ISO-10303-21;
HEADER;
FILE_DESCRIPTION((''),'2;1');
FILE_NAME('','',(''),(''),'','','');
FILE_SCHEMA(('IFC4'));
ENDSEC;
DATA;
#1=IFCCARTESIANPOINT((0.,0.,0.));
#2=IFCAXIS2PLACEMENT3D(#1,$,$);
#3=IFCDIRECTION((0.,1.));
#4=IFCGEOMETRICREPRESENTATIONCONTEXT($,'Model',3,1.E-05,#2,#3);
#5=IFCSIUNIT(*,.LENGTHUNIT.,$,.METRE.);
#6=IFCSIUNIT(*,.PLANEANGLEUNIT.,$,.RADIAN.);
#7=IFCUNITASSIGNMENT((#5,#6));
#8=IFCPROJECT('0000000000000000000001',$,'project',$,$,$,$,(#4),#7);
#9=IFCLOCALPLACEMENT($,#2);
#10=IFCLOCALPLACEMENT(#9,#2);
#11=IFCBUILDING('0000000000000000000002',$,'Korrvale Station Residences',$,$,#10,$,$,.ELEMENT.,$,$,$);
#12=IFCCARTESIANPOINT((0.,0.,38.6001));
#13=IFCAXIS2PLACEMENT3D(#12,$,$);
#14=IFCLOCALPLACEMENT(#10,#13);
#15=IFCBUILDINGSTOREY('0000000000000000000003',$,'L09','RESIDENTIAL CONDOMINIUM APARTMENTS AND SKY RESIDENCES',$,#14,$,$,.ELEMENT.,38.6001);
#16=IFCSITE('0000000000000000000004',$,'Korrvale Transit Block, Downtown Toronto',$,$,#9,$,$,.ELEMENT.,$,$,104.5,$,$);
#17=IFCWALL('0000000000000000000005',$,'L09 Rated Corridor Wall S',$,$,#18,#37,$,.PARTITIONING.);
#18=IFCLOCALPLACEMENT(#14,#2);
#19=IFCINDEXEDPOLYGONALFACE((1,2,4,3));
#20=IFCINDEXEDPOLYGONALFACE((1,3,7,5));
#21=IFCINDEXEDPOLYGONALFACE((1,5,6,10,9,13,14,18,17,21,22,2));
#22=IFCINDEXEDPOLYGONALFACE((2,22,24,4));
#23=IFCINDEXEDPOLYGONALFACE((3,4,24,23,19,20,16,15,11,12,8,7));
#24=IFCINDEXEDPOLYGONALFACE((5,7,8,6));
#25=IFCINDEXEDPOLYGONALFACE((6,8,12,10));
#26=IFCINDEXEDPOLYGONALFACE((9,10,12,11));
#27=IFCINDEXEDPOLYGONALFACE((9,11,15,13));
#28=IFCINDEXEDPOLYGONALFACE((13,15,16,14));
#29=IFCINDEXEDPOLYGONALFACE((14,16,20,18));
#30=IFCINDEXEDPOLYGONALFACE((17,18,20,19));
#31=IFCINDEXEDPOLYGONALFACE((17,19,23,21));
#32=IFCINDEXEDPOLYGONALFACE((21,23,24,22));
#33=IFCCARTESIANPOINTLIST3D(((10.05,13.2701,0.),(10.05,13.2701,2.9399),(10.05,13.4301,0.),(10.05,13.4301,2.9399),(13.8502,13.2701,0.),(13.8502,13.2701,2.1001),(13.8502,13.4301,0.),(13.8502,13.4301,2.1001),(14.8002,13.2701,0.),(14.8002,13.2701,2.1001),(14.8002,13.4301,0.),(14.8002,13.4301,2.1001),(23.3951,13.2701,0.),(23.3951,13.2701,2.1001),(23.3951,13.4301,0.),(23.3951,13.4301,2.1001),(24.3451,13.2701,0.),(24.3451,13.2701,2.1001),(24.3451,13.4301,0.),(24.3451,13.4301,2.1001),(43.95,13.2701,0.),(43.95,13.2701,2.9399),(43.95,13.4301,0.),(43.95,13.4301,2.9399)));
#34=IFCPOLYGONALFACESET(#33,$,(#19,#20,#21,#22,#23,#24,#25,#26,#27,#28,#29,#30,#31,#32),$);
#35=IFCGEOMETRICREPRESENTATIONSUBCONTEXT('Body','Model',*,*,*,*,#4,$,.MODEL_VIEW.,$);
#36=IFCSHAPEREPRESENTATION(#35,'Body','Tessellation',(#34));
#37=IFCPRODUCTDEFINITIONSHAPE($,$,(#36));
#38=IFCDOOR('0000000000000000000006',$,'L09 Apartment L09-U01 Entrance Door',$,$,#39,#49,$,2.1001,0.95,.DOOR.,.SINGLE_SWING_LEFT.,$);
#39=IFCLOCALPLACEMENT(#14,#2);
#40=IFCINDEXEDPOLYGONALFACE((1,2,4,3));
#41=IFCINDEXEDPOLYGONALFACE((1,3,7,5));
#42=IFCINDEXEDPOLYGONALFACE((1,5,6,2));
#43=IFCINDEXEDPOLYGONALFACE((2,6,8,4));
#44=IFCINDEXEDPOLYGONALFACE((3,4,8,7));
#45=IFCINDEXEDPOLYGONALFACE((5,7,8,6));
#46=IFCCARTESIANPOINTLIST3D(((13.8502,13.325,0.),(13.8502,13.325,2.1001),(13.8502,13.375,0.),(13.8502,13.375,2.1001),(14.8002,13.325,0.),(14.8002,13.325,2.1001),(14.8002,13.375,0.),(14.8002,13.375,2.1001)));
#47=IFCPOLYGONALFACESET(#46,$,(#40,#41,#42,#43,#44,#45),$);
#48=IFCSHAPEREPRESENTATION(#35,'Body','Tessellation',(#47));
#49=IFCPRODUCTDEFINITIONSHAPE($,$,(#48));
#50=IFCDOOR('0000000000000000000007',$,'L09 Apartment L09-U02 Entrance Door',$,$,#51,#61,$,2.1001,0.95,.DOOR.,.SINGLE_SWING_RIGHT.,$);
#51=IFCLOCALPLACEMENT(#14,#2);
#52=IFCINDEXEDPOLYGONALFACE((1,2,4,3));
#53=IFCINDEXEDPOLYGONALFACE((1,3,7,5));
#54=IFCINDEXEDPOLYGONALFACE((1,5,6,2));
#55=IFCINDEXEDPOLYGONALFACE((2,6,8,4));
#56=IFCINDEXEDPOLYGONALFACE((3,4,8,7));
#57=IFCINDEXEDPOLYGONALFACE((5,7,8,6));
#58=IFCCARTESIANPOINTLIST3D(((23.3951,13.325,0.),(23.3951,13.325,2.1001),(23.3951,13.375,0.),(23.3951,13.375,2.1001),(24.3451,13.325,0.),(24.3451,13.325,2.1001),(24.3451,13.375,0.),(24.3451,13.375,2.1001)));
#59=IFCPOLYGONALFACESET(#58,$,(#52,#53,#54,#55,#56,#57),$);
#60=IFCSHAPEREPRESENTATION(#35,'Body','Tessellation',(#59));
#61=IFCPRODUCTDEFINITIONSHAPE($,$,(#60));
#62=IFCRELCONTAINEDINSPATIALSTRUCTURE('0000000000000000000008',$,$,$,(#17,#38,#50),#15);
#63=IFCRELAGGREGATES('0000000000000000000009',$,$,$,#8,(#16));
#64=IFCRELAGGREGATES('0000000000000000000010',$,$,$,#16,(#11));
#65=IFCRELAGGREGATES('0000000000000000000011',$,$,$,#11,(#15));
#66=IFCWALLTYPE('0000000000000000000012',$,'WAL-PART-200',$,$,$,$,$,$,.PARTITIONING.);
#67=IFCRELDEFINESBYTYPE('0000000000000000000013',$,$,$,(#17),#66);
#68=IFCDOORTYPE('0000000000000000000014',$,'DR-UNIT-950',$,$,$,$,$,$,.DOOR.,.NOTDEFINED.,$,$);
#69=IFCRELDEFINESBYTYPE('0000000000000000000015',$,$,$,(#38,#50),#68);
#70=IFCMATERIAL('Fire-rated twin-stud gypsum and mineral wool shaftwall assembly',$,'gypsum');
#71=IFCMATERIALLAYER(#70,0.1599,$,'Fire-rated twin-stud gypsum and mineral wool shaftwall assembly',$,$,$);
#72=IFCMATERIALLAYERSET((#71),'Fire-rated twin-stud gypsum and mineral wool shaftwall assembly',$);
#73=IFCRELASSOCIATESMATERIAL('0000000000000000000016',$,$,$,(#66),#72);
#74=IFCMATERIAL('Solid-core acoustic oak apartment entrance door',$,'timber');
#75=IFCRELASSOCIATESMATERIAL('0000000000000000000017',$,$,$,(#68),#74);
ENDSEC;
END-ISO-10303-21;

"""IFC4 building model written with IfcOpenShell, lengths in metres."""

from ifc_helpers import new_model, si_unit, direction, frame, frame_2d, origin, place, context, subcontext, project, spatial, rectangle, extrude, material, layer, layer_set, type_object, element, fill, save


model = new_model("IFC4")

# Units and contexts
model_context = context("Model", 3, precision=1e-05, world=origin(), true_north=direction((0.0, 1.0)))
body_context = subcontext(model_context, "Body", "Model", "MODEL_VIEW")
ifc_project = project(units=[si_unit("LENGTHUNIT", "METRE"), si_unit("PLANEANGLEUNIT", "RADIAN")], contexts=[model_context])

# Site, building, storey
site_placement = place(None, origin())
site = spatial("IfcSite", under=ifc_project, at=site_placement, Name="Korrvale Transit Block, Downtown Toronto", CompositionType="ELEMENT", RefElevation=104.5)
building_placement = place(site_placement, origin())
building = spatial("IfcBuilding", under=site, at=building_placement, Name="Korrvale Station Residences", CompositionType="ELEMENT")
storey_placement = place(building_placement, frame((0.0, 0.0, 38.6001)))
storey = spatial("IfcBuildingStorey", under=building, at=storey_placement, Name="L09", Description="RESIDENTIAL CONDOMINIUM APARTMENTS AND SKY RESIDENCES", CompositionType="ELEMENT", Elevation=38.6001)

# Shared definitions
ifc_material_1 = material(Name="Fire-rated twin-stud gypsum and mineral wool shaftwall assembly", Category="gypsum")
ifc_layer_1 = layer(ifc_material_1, 0.1599, Name="Fire-rated twin-stud gypsum and mineral wool shaftwall assembly")
ifc_layer_set_1 = layer_set([ifc_layer_1], Name="Fire-rated twin-stud gypsum and mineral wool shaftwall assembly")
wall_type_1 = type_object("IfcWallType", Name="WAL-PART-200", PredefinedType="PARTITIONING", material=ifc_layer_set_1)

# Wall, openings, doors
wall_1_placement = place(storey_placement, frame((10.05, 13.3501, 0.0), z_axis=(0.0, 0.0, 1.0), x_axis=(1.0, 0.0, 0.0)))
wall_1 = element("IfcWall", 1, at=wall_1_placement, inside=storey, type_object=wall_type_1, Name="L09 Rated Corridor Wall S", PredefinedType="PARTITIONING", context=body_context, shape_type="SweptSolid", body=[
    extrude(rectangle(XDim=33.8999, YDim=0.1599, at=frame_2d((16.95, 0.0))), origin(), (0.0, 0.0, 1.0), 2.9399),
])
opening_1_placement = place(wall_1_placement, frame((3.8, 0.0, 0.0)))
opening_1 = element("IfcOpeningElement", 2, at=opening_1_placement, cuts=wall_1, PredefinedType="OPENING", context=body_context, shape_type="SweptSolid", body=[
    extrude(rectangle(XDim=0.95, YDim=2.1001, at=frame_2d((0.4751, 1.05))), frame((0.0, 0.0898, 0.0), z_axis=(0.0, -1.0, 0.0), x_axis=(1.0, 0.0, 0.0)), (0.0, 0.0, 1.0), 0.1799),
])
opening_2_placement = place(wall_1_placement, frame((13.345, 0.0, 0.0)))
opening_2 = element("IfcOpeningElement", 3, at=opening_2_placement, cuts=wall_1, PredefinedType="OPENING", context=body_context, shape_type="SweptSolid", body=[
    extrude(rectangle(XDim=0.95, YDim=2.1001, at=frame_2d((0.4751, 1.05))), frame((0.0, 0.0898, 0.0), z_axis=(0.0, -1.0, 0.0), x_axis=(1.0, 0.0, 0.0)), (0.0, 0.0, 1.0), 0.1799),
])
ifc_material_2 = material(Name="Solid-core acoustic oak apartment entrance door", Category="timber")
door_type_1 = type_object("IfcDoorType", Name="DR-UNIT-950", OperationType="NOTDEFINED", PredefinedType="DOOR", material=ifc_material_2)
door_1_placement = place(opening_1_placement, origin())
door_1 = element("IfcDoor", 4, at=door_1_placement, inside=storey, type_object=door_type_1, Name="L09 Apartment L09-U01 Entrance Door", OperationType="SINGLE_SWING_LEFT", OverallHeight=2.1001, OverallWidth=0.95, PredefinedType="DOOR", context=body_context, shape_type="SweptSolid", body=[
    extrude(rectangle(XDim=0.95, YDim=2.1001, at=frame_2d((0.4751, 1.05))), frame((0.0, 0.0249, 0.0), z_axis=(0.0, -1.0, 0.0), x_axis=(1.0, 0.0, 0.0)), (0.0, 0.0, 1.0), 0.05),
])
fill(opening_1, door_1)
door_2_placement = place(opening_2_placement, origin())
door_2 = element("IfcDoor", 5, at=door_2_placement, inside=storey, type_object=door_type_1, Name="L09 Apartment L09-U02 Entrance Door", OperationType="SINGLE_SWING_RIGHT", OverallHeight=2.1001, OverallWidth=0.95, PredefinedType="DOOR", context=body_context, shape_type="SweptSolid", body=[
    extrude(rectangle(XDim=0.95, YDim=2.1001, at=frame_2d((0.4751, 1.05))), frame((0.0, 0.0249, 0.0), z_axis=(0.0, -1.0, 0.0), x_axis=(1.0, 0.0, 0.0)), (0.0, 0.0, 1.0), 0.05),
])
fill(opening_2, door_2)

save(model, "model.ifc")
